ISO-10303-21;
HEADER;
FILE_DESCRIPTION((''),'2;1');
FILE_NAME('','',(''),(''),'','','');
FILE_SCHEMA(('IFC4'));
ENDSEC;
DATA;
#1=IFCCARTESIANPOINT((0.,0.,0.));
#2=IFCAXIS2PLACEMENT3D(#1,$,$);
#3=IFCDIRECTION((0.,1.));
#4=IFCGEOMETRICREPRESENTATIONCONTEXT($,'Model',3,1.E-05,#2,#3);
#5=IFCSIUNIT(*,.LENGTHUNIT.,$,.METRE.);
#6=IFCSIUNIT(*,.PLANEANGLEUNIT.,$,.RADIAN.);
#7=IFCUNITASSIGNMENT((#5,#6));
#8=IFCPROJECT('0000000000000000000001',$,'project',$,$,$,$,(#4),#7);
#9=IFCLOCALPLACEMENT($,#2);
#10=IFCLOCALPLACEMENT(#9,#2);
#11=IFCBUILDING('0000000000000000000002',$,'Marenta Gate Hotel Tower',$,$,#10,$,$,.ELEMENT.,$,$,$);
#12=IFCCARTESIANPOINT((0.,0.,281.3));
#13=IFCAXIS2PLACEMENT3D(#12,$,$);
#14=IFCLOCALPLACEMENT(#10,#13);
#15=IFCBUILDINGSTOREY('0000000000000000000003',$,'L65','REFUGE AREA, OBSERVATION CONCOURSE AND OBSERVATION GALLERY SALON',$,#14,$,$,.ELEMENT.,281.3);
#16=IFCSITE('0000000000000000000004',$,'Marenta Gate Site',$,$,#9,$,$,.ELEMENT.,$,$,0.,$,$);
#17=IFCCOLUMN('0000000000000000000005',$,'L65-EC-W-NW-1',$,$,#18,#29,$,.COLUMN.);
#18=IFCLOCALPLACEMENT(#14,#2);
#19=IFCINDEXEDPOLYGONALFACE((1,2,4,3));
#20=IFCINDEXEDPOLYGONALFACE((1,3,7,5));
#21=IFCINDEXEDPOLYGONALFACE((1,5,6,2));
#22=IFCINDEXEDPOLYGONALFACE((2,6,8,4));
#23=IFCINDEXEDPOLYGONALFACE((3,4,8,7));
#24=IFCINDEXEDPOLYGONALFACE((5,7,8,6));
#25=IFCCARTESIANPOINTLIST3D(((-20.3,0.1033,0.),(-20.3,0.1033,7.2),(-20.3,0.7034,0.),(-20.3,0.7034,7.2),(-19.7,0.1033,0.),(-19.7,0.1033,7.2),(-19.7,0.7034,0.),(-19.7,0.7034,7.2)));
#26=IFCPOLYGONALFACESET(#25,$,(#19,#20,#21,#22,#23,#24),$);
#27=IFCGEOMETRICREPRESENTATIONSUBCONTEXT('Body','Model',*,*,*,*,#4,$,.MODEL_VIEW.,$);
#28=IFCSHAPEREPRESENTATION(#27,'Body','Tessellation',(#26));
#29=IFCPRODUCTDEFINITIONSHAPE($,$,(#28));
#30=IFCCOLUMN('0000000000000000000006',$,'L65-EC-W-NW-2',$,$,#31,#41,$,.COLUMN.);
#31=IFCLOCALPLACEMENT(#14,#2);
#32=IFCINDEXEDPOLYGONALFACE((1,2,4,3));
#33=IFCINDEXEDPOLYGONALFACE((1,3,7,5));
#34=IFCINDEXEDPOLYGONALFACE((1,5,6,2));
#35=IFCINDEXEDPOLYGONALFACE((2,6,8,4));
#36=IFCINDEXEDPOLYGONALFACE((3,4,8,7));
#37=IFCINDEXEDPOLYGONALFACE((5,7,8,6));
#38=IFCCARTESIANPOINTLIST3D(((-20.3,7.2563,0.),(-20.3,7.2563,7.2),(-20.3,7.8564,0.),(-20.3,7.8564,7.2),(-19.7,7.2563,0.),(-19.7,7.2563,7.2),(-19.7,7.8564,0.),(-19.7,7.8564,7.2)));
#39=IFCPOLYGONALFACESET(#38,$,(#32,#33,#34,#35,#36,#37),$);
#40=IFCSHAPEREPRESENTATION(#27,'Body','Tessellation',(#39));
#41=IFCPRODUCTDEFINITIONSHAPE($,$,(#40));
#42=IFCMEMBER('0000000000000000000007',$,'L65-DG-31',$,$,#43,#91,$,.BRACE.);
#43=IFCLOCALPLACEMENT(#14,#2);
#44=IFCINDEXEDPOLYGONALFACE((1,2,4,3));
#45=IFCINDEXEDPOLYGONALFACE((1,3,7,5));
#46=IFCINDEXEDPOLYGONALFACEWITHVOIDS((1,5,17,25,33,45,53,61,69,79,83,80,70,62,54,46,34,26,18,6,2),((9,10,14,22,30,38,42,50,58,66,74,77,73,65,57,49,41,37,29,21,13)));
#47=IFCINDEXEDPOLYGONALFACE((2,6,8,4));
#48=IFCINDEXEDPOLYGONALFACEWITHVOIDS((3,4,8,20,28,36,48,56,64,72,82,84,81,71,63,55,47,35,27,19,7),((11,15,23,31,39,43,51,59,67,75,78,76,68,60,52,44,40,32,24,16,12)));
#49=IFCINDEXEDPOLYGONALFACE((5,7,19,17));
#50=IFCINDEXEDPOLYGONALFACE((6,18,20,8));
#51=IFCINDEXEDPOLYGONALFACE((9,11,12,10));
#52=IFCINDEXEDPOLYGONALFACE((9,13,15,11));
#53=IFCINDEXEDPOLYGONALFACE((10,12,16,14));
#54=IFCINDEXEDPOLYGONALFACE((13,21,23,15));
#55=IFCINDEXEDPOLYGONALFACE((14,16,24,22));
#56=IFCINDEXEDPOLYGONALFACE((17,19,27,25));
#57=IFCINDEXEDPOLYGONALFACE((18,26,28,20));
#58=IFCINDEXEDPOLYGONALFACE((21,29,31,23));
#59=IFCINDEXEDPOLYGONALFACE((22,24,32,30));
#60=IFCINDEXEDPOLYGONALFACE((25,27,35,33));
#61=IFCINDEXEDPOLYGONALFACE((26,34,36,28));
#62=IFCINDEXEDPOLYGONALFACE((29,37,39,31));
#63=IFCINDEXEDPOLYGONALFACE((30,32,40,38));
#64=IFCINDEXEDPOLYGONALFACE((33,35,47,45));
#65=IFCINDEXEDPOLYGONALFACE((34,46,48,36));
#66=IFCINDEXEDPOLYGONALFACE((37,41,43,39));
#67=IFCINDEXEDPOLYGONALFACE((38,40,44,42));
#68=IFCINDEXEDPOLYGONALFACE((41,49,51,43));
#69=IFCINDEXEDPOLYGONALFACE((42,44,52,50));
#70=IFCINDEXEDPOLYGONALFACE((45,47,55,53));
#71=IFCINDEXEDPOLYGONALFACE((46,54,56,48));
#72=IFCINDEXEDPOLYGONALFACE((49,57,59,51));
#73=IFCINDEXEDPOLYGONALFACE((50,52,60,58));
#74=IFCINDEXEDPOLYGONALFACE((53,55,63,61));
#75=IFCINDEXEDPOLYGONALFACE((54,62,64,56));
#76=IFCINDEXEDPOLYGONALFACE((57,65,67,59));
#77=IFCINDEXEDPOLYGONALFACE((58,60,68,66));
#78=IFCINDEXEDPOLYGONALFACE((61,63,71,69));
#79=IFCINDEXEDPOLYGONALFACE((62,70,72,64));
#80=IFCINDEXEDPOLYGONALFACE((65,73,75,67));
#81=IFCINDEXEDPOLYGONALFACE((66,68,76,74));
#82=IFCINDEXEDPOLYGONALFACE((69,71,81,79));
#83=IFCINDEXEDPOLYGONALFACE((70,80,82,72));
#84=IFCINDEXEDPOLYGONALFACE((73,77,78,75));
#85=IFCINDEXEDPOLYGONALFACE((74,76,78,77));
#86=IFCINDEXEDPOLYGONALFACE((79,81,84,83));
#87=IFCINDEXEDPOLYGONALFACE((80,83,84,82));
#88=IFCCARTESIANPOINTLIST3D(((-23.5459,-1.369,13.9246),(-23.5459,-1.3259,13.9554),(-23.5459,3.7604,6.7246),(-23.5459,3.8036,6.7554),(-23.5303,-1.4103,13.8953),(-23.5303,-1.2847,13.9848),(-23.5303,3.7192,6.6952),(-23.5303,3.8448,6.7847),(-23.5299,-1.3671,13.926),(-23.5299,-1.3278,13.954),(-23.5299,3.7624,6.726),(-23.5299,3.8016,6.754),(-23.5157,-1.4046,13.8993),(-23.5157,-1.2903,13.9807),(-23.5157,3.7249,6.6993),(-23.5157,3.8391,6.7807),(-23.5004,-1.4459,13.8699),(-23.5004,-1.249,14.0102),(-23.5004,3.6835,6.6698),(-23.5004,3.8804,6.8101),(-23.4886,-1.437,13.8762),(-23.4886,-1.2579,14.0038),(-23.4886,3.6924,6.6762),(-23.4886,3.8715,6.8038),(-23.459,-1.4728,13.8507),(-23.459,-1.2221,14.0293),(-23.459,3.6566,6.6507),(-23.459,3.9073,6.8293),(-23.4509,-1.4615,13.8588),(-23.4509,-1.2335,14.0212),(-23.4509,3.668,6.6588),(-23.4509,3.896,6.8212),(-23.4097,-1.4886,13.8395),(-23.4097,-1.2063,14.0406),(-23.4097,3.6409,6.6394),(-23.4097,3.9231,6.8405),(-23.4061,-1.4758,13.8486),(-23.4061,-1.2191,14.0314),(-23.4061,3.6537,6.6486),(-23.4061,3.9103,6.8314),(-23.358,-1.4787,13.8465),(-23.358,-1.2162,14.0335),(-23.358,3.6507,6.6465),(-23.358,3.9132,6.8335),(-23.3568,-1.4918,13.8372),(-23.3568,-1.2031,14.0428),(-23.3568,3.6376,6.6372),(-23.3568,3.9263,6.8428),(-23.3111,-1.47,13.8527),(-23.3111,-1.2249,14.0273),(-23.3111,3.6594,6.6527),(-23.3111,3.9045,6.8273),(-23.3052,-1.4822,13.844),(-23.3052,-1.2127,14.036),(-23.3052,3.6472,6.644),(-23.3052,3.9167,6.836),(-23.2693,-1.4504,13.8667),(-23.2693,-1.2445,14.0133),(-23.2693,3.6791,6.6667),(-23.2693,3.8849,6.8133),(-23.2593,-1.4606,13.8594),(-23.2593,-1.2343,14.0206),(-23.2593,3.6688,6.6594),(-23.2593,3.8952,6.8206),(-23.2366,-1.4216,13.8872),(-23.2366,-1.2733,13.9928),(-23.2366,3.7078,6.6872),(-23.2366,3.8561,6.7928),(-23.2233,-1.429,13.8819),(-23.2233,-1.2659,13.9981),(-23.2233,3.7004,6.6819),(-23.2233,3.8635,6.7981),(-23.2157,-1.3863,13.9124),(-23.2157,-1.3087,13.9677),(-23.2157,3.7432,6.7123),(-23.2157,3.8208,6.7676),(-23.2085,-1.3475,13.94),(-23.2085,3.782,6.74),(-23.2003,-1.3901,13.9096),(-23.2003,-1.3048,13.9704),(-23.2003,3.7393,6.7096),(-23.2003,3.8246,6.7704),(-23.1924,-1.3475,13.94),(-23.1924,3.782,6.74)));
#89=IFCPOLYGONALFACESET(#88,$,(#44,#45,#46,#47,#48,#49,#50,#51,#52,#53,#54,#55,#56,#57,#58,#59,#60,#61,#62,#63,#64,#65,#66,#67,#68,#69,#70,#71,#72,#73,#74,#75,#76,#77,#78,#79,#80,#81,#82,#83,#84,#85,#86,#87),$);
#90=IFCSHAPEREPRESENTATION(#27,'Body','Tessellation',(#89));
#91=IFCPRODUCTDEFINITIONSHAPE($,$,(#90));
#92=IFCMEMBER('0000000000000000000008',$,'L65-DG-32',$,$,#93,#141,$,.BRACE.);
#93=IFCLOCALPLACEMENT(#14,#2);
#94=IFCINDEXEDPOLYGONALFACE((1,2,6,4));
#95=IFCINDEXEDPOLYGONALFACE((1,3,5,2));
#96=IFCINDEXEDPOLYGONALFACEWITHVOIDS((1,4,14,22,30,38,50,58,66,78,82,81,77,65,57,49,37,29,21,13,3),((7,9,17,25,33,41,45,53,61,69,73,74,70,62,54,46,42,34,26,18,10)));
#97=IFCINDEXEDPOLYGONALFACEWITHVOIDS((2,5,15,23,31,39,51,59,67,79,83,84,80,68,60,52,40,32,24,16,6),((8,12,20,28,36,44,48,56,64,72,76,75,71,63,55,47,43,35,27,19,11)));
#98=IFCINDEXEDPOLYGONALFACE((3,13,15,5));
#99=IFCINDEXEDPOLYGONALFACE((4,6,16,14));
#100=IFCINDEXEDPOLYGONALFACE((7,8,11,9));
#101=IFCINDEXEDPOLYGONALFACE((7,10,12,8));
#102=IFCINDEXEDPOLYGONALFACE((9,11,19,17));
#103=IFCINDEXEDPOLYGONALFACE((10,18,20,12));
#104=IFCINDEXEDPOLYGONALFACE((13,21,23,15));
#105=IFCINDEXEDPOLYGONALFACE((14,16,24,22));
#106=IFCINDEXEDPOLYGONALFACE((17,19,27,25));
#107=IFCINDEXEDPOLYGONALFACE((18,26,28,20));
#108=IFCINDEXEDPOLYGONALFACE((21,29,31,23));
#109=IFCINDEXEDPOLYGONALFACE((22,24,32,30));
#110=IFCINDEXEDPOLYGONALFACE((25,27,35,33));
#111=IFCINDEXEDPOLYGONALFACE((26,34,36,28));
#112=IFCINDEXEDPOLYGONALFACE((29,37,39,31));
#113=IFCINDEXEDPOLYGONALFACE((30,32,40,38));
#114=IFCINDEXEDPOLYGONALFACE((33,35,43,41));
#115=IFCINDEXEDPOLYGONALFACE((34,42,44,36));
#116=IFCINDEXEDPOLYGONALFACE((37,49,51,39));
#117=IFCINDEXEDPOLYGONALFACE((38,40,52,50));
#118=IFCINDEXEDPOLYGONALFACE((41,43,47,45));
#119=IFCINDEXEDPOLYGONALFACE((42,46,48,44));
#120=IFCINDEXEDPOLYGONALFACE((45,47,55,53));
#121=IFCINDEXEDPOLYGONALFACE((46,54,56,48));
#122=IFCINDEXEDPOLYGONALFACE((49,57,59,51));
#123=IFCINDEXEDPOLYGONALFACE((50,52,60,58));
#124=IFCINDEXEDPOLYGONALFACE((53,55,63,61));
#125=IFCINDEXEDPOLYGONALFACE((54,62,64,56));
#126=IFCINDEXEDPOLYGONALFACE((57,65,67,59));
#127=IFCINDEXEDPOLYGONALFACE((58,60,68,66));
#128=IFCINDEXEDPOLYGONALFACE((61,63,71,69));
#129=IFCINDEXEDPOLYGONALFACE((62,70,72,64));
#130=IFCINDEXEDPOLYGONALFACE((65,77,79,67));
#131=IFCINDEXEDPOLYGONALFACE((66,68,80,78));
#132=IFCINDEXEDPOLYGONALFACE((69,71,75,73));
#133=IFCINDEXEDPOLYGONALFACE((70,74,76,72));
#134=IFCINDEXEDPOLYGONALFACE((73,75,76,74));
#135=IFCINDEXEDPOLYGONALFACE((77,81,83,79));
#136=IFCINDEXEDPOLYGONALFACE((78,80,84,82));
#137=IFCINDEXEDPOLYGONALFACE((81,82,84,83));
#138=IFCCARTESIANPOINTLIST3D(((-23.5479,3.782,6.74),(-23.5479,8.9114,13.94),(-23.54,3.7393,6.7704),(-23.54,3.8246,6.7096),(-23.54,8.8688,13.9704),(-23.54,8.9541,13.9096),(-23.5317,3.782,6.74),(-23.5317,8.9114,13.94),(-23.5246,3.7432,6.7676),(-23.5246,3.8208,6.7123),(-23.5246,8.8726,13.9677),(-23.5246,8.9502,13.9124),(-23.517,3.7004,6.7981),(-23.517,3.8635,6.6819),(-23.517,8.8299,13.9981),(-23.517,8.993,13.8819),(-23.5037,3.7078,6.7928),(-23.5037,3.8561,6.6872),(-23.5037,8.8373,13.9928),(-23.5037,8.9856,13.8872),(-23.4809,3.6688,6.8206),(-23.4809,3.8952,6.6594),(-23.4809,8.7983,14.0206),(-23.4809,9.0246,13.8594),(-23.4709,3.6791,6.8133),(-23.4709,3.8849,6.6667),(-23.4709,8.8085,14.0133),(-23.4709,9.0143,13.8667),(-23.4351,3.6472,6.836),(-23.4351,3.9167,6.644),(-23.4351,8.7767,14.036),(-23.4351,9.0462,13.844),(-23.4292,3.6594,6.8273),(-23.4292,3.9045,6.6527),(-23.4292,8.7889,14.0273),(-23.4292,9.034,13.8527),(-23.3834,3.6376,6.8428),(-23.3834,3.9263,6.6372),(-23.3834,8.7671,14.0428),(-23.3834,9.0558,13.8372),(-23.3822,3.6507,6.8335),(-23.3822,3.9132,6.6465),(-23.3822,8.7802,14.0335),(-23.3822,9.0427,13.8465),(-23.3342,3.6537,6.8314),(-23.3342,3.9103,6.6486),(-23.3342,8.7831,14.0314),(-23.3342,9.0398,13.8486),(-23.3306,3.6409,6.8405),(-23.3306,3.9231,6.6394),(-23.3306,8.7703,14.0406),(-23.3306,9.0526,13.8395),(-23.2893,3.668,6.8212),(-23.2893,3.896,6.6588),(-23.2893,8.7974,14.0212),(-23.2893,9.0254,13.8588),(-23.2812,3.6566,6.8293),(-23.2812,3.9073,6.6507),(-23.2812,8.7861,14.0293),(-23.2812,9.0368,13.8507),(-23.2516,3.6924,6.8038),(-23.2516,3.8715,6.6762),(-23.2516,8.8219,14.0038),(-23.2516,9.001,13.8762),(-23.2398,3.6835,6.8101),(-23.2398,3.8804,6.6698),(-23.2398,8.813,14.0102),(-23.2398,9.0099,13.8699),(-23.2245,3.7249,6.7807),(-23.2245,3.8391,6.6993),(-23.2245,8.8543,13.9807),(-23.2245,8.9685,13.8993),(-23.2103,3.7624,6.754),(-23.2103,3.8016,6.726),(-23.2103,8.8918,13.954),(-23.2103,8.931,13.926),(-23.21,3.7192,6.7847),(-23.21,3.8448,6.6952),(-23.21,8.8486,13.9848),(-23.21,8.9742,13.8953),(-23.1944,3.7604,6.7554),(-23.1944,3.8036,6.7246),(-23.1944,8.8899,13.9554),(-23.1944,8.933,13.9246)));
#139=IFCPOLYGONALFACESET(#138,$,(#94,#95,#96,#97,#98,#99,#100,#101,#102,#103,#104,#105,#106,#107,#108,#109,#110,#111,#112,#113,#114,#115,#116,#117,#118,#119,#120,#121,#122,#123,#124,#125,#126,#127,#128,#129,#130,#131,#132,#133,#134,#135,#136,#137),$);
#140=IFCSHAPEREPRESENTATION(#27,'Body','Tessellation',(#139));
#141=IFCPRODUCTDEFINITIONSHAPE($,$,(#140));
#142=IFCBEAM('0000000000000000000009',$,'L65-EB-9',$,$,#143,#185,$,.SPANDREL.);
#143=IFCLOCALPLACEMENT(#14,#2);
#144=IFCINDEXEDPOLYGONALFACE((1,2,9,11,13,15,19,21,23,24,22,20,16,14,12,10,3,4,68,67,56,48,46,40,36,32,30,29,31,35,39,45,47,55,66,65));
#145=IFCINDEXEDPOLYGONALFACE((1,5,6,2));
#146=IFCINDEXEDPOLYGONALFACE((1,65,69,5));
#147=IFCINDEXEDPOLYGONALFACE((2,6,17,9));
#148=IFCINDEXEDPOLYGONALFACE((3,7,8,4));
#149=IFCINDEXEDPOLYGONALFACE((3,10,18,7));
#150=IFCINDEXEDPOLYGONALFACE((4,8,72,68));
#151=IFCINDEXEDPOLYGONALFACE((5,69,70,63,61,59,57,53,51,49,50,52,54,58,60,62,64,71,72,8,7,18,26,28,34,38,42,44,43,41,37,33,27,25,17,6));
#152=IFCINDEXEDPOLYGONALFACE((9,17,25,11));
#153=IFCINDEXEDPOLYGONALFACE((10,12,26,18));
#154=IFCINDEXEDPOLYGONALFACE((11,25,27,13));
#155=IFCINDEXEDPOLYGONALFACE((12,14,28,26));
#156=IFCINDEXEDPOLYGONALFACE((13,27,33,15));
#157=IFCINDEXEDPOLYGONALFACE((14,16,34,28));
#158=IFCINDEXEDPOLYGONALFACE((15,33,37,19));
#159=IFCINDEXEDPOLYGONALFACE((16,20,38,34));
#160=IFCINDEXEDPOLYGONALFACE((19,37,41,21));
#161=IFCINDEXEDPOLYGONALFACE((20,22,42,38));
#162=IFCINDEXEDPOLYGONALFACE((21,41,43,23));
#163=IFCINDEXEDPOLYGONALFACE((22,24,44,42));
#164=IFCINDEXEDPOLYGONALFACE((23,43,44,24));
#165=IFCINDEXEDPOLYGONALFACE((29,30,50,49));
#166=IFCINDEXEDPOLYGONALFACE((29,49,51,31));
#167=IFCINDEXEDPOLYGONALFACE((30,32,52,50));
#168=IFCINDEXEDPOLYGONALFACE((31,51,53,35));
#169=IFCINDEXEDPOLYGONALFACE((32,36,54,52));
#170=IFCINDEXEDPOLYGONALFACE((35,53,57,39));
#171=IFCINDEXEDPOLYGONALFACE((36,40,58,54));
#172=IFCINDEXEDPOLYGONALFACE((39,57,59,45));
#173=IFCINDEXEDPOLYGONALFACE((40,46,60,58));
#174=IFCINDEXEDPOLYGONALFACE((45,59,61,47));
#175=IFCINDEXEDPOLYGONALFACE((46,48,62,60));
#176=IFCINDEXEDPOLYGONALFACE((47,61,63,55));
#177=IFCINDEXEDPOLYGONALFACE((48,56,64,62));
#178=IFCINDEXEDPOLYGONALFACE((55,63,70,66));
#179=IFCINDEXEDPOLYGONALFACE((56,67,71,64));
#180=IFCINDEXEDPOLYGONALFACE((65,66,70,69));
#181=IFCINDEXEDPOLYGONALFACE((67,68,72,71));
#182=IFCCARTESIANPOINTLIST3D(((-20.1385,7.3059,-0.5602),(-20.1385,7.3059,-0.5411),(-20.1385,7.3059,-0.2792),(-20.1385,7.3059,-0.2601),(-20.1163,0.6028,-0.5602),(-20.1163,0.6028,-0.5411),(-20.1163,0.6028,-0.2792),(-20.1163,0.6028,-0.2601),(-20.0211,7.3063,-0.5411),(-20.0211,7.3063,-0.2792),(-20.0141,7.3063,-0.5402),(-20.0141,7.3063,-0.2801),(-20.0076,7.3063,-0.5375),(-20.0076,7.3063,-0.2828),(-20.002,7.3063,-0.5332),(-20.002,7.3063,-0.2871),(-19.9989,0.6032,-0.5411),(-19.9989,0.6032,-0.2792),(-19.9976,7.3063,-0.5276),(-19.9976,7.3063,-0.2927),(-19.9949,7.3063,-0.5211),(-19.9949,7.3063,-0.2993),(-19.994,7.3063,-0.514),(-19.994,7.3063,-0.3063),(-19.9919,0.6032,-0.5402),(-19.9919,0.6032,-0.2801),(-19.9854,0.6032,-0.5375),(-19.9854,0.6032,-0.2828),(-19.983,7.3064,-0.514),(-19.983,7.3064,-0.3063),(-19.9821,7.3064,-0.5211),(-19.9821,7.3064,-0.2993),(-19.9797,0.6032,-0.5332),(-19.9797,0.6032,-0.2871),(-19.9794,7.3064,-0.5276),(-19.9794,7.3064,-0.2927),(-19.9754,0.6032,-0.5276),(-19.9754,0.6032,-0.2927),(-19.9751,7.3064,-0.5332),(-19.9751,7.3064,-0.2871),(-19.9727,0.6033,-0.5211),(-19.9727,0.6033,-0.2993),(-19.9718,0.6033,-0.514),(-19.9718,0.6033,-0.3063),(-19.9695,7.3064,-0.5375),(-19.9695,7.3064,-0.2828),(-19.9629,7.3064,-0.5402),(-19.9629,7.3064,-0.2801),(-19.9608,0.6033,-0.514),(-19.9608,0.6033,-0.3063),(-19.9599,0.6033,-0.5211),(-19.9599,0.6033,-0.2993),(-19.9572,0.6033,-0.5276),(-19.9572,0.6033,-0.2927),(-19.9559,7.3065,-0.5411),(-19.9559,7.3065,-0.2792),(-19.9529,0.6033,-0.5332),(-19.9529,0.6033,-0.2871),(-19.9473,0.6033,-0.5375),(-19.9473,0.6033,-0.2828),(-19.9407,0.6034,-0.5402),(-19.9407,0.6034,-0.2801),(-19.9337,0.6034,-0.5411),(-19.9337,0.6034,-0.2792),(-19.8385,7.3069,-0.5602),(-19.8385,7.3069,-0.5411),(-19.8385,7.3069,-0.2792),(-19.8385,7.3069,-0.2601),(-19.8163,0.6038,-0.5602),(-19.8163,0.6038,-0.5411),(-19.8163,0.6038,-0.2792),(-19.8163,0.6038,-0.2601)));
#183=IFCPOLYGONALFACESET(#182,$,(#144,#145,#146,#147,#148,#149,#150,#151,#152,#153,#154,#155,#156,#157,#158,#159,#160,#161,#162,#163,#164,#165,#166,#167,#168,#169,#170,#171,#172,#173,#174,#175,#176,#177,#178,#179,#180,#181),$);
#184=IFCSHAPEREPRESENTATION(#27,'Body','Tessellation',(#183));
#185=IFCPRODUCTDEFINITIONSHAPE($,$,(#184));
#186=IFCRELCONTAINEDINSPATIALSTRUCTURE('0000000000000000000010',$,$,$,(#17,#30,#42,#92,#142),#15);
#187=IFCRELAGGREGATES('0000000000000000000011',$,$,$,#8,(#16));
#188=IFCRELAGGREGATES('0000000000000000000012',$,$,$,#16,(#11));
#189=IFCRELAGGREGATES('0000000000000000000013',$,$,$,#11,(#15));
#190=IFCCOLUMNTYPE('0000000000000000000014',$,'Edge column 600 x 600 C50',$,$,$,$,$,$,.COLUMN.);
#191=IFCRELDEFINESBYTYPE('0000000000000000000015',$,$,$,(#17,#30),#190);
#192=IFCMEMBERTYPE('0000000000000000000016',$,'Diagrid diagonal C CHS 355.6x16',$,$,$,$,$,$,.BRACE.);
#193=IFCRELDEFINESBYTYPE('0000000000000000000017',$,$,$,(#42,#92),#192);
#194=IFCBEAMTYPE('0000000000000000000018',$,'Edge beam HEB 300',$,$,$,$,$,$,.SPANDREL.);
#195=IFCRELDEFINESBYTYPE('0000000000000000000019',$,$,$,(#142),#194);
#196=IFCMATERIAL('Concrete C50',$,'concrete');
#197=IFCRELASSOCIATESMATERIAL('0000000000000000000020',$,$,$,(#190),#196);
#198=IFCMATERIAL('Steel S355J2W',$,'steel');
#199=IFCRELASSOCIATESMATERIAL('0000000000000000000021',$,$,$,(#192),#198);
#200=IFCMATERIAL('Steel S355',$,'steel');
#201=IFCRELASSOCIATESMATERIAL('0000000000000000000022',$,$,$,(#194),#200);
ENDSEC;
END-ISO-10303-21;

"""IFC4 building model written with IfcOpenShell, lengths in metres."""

from ifc_helpers import new_model, si_unit, direction, frame, origin, origin_2d, place, context, subcontext, project, spatial, rectangle, hollow_circle, i_section, extrude, material, material_profile, profile_set, type_object, element, save


model = new_model("IFC4")

# Units and contexts
model_context = context("Model", 3, precision=1e-05, world=origin(), true_north=direction((0.0, 1.0)))
body_context = subcontext(model_context, "Body", "Model", "MODEL_VIEW")
ifc_project = project(units=[si_unit("LENGTHUNIT", "METRE"), si_unit("PLANEANGLEUNIT", "RADIAN")], contexts=[model_context])

# Site, building, storey
site_placement = place(None, origin())
site = spatial("IfcSite", under=ifc_project, at=site_placement, Name="Marenta Gate Site", CompositionType="ELEMENT", RefElevation=0.0)
building_placement = place(site_placement, origin())
building = spatial("IfcBuilding", under=site, at=building_placement, Name="Marenta Gate Hotel Tower", CompositionType="ELEMENT")
storey_placement = place(building_placement, frame((0.0, 0.0, 281.3)))
storey = spatial("IfcBuildingStorey", under=building, at=storey_placement, Name="L65", Description="REFUGE AREA, OBSERVATION CONCOURSE AND OBSERVATION GALLERY SALON", CompositionType="ELEMENT", Elevation=281.3)

# Columns
ifc_material_1 = material(Name="Concrete C50", Category="concrete")
ifc_material_profile_1 = material_profile(ifc_material_1, rectangle(XDim=0.6001, YDim=0.6001, at=origin_2d()), Name="600 x 600")
ifc_profile_set_1 = profile_set([ifc_material_profile_1], Name="Concrete C50")
column_type = type_object("IfcColumnType", Name="Edge column 600 x 600 C50", PredefinedType="COLUMN", material=ifc_profile_set_1)
for number, where, z_axis, x_axis, name in (
    (1, (-20.0, 0.4033, 0.0), (0.0, 0.0, 1.0), (1.0, 0.0, 0.0), "L65-EC-W-NW-1"),
    (2, (-20.0, 7.5564, 0.0), (0.0, 0.0, 1.0), (1.0, 0.0, 0.0), "L65-EC-W-NW-2"),
):
    element("IfcColumn", number, at=place(storey_placement, frame(where, z_axis=z_axis, x_axis=x_axis)), inside=storey, type_object=column_type, Name=name, PredefinedType="COLUMN", context=body_context, shape_type="SweptSolid", body=[
        extrude(rectangle(XDim=0.6001, YDim=0.6001, at=origin_2d()), origin(), (0.0, 0.0, 1.0), 7.2),
    ])

# Members
ifc_material_2 = material(Name="Steel S355J2W", Category="steel")
ifc_material_profile_2 = material_profile(ifc_material_2, hollow_circle(Radius=0.1777, WallThickness=0.0161, at=origin_2d()), Name="CHS 355.6x16")
ifc_profile_set_2 = profile_set([ifc_material_profile_2], Name="Steel S355J2W")
member_type_1 = type_object("IfcMemberType", Name="Diagrid diagonal C CHS 355.6x16", PredefinedType="BRACE", material=ifc_profile_set_2)
for number, where, z_axis, x_axis, name in (
    (3, (-23.3701, 3.782, 6.74), (0.0, -0.580232, 0.814451), (1.0, 0.0, 0.0), "L65-DG-31"),
    (4, (-23.3701, 3.782, 6.74), (0.0, 0.580232, 0.814451), (-1.0, 0.0, 0.0), "L65-DG-32"),
):
    element("IfcMember", number, at=place(storey_placement, frame(where, z_axis=z_axis, x_axis=x_axis)), inside=storey, type_object=member_type_1, Name=name, PredefinedType="BRACE", context=body_context, shape_type="SweptSolid", body=[
        extrude(hollow_circle(Radius=0.1777, WallThickness=0.0161, at=origin_2d()), origin(), (0.0, 0.0, 1.0), 8.8403),
    ])

# Beam
ifc_material_3 = material(Name="Steel S355", Category="steel")
ifc_material_profile_3 = material_profile(ifc_material_3, i_section(OverallWidth=0.3, OverallDepth=0.3, WebThickness=0.011, FlangeThickness=0.019, FilletRadius=0.0271, at=origin_2d()), Name="HEB 300")
ifc_profile_set_3 = profile_set([ifc_material_profile_3], Name="Steel S355")
beam_type_1 = type_object("IfcBeamType", Name="Edge beam HEB 300", PredefinedType="SPANDREL", material=ifc_profile_set_3)
beam_1_placement = place(storey_placement, frame((-19.9663, 0.6033, -0.4102), z_axis=(-0.003314, 0.999995, 0.0), x_axis=(-0.999995, -0.003314, 0.0)))
element("IfcBeam", 5, at=beam_1_placement, inside=storey, type_object=beam_type_1, Name="L65-EB-9", PredefinedType="SPANDREL", context=body_context, shape_type="SweptSolid", body=[
    extrude(i_section(OverallWidth=0.3, OverallDepth=0.3, WebThickness=0.011, FlangeThickness=0.019, FilletRadius=0.0271, at=origin_2d()), origin(), (0.0, 0.0, 1.0), 6.7031),
])

save(model, "model.ifc")
